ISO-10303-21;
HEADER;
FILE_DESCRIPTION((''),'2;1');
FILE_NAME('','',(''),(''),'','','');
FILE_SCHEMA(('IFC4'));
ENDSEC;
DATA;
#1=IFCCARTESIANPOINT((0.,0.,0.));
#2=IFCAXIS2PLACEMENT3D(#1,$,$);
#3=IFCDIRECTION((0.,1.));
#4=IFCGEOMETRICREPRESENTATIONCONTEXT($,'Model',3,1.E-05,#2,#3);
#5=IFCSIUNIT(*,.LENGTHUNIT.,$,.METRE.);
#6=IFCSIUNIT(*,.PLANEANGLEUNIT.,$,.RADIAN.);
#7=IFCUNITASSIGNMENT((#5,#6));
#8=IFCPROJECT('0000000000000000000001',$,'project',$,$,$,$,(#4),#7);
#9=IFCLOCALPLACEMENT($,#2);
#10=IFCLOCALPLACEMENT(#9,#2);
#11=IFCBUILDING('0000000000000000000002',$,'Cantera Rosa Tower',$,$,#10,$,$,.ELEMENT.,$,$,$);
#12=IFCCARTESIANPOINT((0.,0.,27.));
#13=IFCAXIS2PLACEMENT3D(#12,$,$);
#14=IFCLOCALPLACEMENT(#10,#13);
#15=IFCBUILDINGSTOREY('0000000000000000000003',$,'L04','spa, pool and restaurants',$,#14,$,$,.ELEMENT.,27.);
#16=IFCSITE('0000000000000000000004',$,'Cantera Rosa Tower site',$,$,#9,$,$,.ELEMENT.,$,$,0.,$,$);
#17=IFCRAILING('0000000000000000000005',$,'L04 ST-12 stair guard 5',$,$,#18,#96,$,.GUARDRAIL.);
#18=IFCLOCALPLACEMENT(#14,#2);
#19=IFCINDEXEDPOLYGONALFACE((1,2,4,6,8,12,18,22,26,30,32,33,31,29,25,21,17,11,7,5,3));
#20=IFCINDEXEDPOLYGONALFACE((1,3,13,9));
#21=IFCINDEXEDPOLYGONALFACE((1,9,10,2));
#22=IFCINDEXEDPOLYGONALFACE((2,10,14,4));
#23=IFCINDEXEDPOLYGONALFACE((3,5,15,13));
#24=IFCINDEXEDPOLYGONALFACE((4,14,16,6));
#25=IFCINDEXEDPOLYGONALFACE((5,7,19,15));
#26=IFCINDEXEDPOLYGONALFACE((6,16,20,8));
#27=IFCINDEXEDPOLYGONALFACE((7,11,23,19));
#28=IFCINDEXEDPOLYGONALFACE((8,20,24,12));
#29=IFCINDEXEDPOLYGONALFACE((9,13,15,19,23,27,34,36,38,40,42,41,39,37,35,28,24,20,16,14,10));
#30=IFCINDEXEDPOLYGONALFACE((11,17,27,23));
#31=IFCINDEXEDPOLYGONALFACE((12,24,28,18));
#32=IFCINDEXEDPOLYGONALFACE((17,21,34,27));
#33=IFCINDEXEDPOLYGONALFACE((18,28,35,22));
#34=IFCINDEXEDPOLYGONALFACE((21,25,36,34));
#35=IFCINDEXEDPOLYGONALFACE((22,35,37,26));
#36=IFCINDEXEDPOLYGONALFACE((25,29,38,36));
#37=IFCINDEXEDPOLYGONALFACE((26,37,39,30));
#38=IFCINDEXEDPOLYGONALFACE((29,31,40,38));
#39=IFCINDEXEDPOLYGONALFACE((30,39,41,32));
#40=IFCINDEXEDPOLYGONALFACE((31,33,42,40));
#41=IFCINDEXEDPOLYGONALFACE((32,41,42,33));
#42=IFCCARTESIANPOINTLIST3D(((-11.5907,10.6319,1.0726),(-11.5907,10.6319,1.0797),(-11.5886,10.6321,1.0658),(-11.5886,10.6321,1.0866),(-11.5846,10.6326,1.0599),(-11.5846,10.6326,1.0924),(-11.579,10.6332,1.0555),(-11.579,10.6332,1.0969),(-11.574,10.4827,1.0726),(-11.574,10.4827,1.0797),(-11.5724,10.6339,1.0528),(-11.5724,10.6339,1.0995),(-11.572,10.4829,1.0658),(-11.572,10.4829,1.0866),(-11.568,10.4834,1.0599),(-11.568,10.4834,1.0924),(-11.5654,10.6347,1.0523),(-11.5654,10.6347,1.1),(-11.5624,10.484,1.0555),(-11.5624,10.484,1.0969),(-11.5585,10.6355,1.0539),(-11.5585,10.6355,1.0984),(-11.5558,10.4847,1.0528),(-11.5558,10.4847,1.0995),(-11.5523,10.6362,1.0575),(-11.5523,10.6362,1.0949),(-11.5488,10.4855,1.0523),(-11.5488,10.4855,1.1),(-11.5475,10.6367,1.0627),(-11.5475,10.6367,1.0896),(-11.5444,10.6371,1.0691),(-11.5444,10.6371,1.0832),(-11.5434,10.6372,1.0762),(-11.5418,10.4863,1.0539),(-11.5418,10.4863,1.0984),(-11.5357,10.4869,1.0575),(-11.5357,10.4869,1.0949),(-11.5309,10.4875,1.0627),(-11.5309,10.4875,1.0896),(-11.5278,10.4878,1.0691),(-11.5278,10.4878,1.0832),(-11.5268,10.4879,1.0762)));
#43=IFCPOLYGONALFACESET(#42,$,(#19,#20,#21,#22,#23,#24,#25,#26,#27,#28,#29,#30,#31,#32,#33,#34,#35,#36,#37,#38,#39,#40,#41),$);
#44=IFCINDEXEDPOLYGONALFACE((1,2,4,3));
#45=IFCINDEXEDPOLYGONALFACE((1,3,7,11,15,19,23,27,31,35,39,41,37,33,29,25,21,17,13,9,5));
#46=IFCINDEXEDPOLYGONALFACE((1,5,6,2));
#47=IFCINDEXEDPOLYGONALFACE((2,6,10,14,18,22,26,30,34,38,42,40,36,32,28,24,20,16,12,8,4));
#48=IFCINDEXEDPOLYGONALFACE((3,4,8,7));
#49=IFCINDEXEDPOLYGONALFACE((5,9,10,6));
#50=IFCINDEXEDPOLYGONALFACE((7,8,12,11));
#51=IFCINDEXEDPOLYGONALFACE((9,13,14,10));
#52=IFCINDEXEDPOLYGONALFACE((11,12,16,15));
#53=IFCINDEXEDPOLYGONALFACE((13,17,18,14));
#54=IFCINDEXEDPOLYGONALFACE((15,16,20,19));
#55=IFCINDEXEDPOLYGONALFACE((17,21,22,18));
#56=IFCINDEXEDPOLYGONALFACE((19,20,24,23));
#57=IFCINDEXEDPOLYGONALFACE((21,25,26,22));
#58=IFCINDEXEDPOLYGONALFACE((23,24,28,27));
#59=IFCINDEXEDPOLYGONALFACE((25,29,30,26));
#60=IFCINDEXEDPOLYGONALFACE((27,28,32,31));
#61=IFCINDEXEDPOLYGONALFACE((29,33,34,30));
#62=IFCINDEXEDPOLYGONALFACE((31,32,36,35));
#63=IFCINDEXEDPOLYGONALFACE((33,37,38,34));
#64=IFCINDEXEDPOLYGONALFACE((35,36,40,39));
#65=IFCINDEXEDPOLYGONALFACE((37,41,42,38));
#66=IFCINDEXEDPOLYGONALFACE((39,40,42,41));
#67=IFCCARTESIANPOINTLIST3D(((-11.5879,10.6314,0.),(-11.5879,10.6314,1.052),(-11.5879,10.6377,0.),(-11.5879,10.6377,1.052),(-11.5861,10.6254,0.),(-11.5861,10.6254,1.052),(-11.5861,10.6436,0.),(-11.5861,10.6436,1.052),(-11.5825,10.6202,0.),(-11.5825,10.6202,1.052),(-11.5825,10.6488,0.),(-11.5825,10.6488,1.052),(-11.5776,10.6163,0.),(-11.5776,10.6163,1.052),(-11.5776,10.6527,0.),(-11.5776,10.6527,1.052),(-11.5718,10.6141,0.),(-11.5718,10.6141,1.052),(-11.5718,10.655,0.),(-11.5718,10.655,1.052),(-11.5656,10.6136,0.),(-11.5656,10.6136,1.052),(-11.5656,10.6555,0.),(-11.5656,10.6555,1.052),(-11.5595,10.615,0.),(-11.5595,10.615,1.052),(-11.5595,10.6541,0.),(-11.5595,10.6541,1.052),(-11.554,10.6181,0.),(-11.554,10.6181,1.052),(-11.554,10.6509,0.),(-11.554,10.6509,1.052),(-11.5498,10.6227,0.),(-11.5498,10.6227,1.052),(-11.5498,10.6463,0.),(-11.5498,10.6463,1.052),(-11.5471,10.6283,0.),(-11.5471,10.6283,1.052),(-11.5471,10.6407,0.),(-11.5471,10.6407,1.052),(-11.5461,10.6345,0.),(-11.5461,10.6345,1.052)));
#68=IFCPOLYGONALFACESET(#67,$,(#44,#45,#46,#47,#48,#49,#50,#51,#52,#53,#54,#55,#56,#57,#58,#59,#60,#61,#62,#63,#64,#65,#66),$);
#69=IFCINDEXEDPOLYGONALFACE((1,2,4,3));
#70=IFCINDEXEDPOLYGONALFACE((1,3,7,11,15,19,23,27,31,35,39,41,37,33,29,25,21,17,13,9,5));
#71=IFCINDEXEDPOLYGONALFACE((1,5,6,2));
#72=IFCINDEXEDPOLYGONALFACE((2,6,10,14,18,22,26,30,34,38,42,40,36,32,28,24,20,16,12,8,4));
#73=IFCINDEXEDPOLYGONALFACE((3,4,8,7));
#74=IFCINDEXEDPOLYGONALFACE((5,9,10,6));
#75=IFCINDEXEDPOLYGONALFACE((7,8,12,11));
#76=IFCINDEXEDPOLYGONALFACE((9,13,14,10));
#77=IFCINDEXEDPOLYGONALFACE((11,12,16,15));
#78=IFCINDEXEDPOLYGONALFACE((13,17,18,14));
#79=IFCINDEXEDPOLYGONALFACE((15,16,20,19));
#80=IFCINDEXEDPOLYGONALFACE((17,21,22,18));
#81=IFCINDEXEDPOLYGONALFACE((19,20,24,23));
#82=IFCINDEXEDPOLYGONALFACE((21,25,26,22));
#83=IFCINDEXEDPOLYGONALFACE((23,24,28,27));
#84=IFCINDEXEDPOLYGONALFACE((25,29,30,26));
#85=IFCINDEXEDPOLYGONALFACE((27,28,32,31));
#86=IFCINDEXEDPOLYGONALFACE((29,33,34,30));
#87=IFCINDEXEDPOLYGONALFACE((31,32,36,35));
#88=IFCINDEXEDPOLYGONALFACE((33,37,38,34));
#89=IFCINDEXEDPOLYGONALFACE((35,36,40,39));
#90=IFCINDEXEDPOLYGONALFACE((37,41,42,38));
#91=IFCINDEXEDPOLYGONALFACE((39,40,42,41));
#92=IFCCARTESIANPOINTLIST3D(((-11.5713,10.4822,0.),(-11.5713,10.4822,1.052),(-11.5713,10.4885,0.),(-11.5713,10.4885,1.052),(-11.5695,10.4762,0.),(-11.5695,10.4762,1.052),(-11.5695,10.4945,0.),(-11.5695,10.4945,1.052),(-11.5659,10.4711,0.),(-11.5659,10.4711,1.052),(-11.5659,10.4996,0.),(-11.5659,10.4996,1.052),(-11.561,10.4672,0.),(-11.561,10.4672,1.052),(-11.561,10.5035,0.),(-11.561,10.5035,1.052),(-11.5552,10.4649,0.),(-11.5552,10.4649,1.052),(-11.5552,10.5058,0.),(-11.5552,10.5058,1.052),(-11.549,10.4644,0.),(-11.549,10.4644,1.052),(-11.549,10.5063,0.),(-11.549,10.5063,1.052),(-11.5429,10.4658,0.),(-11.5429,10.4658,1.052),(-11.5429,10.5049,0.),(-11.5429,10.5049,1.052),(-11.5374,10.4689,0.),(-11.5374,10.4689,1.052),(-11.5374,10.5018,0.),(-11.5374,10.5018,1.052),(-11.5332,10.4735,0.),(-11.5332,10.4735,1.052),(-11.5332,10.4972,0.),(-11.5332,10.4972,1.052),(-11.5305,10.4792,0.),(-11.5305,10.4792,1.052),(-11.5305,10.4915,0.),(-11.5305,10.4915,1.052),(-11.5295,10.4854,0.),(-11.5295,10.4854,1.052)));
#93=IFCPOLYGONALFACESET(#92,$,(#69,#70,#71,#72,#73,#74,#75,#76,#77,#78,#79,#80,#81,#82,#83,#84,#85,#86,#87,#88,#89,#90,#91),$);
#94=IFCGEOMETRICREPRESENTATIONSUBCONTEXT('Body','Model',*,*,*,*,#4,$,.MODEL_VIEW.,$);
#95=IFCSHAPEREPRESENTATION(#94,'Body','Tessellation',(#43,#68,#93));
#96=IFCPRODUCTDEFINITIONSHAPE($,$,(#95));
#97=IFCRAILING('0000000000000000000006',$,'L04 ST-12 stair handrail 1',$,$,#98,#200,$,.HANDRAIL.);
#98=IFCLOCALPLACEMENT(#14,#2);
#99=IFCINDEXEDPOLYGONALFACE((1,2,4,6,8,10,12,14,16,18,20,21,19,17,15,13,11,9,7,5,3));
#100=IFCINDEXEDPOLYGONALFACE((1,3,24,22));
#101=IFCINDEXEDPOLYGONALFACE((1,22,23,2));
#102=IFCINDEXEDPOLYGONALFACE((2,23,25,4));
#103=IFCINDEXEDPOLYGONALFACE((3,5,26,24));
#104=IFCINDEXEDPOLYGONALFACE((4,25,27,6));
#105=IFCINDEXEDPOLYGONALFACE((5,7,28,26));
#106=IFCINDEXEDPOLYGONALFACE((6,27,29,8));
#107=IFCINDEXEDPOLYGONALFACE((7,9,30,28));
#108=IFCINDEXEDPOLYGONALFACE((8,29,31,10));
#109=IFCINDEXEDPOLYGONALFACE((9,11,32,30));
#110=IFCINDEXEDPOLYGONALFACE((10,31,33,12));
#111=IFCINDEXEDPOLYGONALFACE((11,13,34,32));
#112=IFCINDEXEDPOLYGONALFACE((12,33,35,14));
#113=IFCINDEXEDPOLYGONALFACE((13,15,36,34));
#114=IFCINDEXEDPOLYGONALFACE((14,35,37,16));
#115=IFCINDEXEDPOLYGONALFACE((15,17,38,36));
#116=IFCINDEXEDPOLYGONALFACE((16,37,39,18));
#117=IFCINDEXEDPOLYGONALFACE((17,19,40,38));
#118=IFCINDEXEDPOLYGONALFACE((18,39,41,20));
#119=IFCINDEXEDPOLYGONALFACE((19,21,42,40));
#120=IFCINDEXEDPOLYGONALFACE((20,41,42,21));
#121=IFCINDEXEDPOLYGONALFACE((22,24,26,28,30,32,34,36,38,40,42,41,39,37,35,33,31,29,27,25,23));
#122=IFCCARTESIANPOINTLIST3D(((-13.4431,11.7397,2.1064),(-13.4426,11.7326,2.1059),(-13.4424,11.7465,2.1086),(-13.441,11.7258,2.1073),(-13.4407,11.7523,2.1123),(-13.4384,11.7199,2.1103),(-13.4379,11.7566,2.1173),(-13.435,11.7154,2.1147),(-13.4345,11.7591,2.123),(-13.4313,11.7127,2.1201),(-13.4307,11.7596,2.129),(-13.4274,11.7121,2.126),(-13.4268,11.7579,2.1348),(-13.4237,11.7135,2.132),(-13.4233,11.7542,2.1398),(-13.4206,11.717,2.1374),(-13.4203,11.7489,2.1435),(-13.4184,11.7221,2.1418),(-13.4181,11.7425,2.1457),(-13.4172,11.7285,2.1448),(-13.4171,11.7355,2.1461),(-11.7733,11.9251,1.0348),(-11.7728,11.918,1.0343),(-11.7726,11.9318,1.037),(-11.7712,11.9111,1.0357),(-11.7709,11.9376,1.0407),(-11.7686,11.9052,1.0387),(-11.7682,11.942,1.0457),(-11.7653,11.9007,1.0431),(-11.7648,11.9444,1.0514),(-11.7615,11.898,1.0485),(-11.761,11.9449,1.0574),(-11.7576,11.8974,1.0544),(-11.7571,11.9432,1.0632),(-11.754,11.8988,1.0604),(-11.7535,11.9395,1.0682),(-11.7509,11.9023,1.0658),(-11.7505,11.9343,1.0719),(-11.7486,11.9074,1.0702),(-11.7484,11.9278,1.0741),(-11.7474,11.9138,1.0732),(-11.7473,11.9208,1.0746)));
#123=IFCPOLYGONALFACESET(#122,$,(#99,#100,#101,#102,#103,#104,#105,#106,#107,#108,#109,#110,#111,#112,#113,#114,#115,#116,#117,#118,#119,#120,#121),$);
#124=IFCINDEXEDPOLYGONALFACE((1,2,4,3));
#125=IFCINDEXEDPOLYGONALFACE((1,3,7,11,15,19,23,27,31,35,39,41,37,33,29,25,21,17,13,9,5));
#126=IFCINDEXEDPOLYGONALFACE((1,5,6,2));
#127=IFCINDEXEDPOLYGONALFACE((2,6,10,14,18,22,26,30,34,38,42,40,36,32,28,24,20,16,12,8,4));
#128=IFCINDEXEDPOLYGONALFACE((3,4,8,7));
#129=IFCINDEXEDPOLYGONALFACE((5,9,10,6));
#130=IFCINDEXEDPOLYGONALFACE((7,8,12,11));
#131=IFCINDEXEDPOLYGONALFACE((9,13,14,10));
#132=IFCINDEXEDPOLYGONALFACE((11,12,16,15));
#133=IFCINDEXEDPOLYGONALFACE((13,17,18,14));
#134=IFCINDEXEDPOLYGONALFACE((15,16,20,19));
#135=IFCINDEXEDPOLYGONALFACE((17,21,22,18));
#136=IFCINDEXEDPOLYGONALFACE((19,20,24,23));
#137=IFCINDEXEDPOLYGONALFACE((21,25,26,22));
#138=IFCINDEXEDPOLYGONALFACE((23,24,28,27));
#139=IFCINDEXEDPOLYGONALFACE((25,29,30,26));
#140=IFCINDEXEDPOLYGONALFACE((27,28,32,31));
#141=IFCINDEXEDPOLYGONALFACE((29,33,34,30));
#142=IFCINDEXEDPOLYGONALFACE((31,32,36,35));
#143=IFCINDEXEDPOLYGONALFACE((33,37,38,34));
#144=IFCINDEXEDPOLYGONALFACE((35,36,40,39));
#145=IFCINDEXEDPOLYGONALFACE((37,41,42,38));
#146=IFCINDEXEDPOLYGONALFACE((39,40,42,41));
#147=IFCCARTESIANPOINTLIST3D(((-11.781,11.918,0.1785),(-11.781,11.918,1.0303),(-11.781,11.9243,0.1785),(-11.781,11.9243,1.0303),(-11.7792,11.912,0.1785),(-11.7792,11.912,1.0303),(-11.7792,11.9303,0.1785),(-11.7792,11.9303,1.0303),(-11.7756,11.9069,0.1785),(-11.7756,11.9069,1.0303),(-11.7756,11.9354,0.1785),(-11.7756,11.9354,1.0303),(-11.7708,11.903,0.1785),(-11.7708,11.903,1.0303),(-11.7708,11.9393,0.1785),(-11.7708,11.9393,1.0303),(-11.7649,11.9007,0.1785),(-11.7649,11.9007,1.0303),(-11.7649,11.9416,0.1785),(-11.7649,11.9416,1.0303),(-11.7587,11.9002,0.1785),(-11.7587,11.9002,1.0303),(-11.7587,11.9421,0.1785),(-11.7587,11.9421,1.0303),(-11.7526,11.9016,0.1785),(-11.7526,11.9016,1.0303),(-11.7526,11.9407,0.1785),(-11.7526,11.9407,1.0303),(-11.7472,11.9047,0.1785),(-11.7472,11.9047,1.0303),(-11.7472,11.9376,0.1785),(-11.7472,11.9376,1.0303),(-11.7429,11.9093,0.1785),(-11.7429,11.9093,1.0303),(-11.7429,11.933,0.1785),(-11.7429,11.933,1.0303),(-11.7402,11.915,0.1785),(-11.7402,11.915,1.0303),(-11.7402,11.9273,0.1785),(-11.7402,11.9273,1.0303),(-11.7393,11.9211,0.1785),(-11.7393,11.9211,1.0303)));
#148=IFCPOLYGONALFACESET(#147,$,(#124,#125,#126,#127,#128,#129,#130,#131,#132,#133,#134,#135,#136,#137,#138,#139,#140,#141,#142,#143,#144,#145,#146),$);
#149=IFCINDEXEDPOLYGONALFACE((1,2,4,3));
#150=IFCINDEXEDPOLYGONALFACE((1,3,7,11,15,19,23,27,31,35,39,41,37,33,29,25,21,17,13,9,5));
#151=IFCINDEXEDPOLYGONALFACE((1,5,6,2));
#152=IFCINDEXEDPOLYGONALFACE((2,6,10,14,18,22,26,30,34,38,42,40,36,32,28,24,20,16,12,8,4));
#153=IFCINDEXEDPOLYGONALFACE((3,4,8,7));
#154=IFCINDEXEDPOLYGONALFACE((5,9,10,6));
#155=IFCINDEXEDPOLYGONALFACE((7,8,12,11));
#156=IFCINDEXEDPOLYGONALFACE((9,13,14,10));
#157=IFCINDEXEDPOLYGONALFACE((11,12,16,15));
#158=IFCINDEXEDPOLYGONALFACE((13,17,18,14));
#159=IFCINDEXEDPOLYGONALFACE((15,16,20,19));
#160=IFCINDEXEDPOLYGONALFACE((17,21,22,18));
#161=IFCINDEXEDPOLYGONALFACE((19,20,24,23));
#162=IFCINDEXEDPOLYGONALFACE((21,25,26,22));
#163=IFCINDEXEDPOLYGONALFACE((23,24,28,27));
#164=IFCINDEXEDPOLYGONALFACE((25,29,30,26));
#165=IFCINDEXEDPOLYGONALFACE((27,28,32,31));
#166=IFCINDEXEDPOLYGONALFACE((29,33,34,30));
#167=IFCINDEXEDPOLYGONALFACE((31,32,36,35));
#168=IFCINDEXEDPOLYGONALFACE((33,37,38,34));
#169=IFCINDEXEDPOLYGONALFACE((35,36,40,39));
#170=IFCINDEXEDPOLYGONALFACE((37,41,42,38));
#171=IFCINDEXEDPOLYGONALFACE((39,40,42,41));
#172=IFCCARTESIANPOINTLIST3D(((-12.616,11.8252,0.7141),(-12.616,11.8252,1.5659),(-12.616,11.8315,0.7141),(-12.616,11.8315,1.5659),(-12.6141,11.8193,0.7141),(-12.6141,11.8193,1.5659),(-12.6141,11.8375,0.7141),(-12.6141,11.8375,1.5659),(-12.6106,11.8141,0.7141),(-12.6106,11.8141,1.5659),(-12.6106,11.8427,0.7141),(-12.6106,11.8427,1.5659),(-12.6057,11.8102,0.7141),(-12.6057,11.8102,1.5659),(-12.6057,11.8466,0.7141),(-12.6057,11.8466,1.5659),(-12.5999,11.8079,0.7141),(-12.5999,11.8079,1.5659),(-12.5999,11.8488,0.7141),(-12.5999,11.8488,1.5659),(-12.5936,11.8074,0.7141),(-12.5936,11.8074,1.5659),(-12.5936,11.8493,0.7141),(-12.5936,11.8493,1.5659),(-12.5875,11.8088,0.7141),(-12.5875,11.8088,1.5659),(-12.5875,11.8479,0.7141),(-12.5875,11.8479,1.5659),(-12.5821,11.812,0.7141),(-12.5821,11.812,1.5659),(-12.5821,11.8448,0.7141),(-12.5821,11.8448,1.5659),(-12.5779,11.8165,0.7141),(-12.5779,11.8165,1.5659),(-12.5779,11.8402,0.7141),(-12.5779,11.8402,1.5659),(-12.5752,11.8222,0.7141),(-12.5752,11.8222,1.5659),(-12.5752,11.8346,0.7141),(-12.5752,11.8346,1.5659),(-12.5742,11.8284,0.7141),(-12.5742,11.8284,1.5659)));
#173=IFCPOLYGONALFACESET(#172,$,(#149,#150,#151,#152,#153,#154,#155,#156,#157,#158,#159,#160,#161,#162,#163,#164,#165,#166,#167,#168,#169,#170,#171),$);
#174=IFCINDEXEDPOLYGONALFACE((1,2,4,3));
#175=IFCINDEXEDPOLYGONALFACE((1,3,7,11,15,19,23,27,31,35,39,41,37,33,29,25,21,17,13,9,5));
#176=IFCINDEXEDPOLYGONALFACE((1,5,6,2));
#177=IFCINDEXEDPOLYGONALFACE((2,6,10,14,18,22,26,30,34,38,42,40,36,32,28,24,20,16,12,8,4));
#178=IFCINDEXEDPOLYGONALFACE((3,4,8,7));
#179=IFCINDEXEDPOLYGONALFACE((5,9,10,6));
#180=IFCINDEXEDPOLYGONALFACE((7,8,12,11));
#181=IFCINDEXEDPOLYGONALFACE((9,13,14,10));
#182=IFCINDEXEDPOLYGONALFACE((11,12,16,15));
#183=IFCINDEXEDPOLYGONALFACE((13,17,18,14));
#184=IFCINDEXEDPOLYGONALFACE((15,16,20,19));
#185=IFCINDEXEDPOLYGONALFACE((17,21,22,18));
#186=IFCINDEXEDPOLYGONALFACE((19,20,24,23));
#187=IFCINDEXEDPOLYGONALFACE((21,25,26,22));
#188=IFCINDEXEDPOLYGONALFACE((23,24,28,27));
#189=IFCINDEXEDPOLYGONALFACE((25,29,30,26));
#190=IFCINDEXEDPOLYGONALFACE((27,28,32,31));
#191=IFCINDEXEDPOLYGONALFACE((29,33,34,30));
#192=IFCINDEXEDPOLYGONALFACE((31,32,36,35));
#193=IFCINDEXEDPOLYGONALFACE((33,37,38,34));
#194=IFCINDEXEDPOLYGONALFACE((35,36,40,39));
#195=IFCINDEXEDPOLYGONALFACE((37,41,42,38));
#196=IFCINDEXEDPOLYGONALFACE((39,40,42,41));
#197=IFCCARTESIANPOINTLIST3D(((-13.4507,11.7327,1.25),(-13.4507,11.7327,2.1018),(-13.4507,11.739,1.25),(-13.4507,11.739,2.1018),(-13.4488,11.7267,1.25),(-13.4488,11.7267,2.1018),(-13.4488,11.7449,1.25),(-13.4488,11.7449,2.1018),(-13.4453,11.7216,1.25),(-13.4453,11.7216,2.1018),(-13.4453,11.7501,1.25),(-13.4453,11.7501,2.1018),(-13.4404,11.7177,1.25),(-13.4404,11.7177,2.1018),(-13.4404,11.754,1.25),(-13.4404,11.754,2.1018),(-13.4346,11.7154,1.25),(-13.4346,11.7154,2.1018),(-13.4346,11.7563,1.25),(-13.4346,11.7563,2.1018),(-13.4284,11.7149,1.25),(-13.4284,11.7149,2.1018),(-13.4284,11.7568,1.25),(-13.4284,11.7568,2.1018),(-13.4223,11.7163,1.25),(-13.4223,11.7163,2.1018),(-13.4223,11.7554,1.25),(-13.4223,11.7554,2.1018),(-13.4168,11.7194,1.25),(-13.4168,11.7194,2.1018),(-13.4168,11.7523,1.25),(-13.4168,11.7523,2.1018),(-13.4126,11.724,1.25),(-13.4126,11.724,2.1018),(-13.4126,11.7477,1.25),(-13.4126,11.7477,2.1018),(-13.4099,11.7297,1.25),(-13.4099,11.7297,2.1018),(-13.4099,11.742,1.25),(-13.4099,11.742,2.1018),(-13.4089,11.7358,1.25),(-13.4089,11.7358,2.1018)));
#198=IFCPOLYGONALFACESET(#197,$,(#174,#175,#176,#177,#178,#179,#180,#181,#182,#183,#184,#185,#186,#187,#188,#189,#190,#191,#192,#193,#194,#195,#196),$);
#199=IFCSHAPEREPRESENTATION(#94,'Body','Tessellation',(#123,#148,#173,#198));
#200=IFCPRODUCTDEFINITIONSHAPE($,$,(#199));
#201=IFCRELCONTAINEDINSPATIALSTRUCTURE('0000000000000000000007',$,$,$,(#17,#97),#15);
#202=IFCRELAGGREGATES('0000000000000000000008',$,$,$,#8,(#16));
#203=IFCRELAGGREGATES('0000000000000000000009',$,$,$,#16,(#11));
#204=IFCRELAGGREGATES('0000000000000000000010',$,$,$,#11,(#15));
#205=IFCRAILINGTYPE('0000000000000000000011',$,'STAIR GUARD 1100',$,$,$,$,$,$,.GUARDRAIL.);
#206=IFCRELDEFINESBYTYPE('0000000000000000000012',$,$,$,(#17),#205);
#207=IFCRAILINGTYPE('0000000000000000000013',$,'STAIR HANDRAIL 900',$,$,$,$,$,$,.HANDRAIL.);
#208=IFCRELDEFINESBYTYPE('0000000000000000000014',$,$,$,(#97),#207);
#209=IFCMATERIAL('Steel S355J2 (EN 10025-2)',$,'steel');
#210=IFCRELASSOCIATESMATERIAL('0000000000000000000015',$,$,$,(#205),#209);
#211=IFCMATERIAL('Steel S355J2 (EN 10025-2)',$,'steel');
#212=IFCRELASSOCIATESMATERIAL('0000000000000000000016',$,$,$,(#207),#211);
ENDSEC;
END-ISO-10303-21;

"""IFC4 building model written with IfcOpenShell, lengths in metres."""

from ifc_helpers import new_model, si_unit, direction, frame, origin, origin_2d, place, context, subcontext, project, spatial, circle, extrude, material, type_object, element, save


model = new_model("IFC4")

# Units and contexts
model_context = context("Model", 3, precision=1e-05, world=origin(), true_north=direction((0.0, 1.0)))
body_context = subcontext(model_context, "Body", "Model", "MODEL_VIEW")
ifc_project = project(units=[si_unit("LENGTHUNIT", "METRE"), si_unit("PLANEANGLEUNIT", "RADIAN")], contexts=[model_context])

# Site, building, storey
site_placement = place(None, origin())
site = spatial("IfcSite", under=ifc_project, at=site_placement, Name="Cantera Rosa Tower site", CompositionType="ELEMENT", RefElevation=0.0)
building_placement = place(site_placement, origin())
building = spatial("IfcBuilding", under=site, at=building_placement, Name="Cantera Rosa Tower", CompositionType="ELEMENT")
storey_placement = place(building_placement, frame((0.0, 0.0, 27.0)))
storey = spatial("IfcBuildingStorey", under=building, at=storey_placement, Name="L04", Description="spa, pool and restaurants", CompositionType="ELEMENT", Elevation=27.0)

# Railings
ifc_material_1 = material(Name="Steel S355J2 (EN 10025-2)", Category="steel")
railing_type_1 = type_object("IfcRailingType", Name="STAIR GUARD 1100", PredefinedType="GUARDRAIL", material=ifc_material_1)
railing_1_placement = place(storey_placement, frame((-11.5671, 10.6345, 0.0)))
element("IfcRailing", 1, at=railing_1_placement, inside=storey, type_object=railing_type_1, Name="L04 ST-12 stair guard 5", PredefinedType="GUARDRAIL", context=body_context, shape_type="SweptSolid", body=[
    extrude(circle(Radius=0.0239, at=origin_2d()), frame((0.0, 0.0, 1.0762), z_axis=(0.11061, -0.993864, 0.0), x_axis=(0.993864, 0.11061, 0.0)), (0.0, 0.0, 1.0), 0.1501),
    extrude(circle(Radius=0.021, at=origin_2d()), origin(), (0.0, 0.0, 1.0), 1.052),
    extrude(circle(Radius=0.021, at=origin_2d()), frame((0.0166, -0.1492, 0.0)), (0.0, 0.0, 1.0), 1.052),
])
ifc_material_2 = material(Name="Steel S355J2 (EN 10025-2)", Category="steel")
railing_type_2 = type_object("IfcRailingType", Name="STAIR HANDRAIL 900", PredefinedType="HANDRAIL", material=ifc_material_2)
for number, where, name in (
    (2, (-11.7603, 11.9211, 0.1785), "L04 ST-12 stair handrail 1"),
):
    element("IfcRailing", number, at=place(storey_placement, frame(where)), inside=storey, type_object=railing_type_2, Name=name, PredefinedType="HANDRAIL", context=body_context, shape_type="SweptSolid", body=[
        extrude(circle(Radius=0.0239, at=origin_2d()), frame((0.0, 0.0, 0.876), z_axis=(-0.837951, -0.092997, 0.537764), x_axis=(0.110304, -0.993898, 0.0)), (0.0, 0.0, 1.0), 1.9927),
        extrude(circle(Radius=0.021, at=origin_2d()), origin(), (0.0, 0.0, 1.0), 0.8518),
        extrude(circle(Radius=0.021, at=origin_2d()), frame((-0.835, -0.0928, 0.5356)), (0.0, 0.0, 1.0), 0.8518),
        extrude(circle(Radius=0.021, at=origin_2d()), frame((-1.6697, -0.1853, 1.0715)), (0.0, 0.0, 1.0), 0.8518),
    ])

save(model, "model.ifc")
